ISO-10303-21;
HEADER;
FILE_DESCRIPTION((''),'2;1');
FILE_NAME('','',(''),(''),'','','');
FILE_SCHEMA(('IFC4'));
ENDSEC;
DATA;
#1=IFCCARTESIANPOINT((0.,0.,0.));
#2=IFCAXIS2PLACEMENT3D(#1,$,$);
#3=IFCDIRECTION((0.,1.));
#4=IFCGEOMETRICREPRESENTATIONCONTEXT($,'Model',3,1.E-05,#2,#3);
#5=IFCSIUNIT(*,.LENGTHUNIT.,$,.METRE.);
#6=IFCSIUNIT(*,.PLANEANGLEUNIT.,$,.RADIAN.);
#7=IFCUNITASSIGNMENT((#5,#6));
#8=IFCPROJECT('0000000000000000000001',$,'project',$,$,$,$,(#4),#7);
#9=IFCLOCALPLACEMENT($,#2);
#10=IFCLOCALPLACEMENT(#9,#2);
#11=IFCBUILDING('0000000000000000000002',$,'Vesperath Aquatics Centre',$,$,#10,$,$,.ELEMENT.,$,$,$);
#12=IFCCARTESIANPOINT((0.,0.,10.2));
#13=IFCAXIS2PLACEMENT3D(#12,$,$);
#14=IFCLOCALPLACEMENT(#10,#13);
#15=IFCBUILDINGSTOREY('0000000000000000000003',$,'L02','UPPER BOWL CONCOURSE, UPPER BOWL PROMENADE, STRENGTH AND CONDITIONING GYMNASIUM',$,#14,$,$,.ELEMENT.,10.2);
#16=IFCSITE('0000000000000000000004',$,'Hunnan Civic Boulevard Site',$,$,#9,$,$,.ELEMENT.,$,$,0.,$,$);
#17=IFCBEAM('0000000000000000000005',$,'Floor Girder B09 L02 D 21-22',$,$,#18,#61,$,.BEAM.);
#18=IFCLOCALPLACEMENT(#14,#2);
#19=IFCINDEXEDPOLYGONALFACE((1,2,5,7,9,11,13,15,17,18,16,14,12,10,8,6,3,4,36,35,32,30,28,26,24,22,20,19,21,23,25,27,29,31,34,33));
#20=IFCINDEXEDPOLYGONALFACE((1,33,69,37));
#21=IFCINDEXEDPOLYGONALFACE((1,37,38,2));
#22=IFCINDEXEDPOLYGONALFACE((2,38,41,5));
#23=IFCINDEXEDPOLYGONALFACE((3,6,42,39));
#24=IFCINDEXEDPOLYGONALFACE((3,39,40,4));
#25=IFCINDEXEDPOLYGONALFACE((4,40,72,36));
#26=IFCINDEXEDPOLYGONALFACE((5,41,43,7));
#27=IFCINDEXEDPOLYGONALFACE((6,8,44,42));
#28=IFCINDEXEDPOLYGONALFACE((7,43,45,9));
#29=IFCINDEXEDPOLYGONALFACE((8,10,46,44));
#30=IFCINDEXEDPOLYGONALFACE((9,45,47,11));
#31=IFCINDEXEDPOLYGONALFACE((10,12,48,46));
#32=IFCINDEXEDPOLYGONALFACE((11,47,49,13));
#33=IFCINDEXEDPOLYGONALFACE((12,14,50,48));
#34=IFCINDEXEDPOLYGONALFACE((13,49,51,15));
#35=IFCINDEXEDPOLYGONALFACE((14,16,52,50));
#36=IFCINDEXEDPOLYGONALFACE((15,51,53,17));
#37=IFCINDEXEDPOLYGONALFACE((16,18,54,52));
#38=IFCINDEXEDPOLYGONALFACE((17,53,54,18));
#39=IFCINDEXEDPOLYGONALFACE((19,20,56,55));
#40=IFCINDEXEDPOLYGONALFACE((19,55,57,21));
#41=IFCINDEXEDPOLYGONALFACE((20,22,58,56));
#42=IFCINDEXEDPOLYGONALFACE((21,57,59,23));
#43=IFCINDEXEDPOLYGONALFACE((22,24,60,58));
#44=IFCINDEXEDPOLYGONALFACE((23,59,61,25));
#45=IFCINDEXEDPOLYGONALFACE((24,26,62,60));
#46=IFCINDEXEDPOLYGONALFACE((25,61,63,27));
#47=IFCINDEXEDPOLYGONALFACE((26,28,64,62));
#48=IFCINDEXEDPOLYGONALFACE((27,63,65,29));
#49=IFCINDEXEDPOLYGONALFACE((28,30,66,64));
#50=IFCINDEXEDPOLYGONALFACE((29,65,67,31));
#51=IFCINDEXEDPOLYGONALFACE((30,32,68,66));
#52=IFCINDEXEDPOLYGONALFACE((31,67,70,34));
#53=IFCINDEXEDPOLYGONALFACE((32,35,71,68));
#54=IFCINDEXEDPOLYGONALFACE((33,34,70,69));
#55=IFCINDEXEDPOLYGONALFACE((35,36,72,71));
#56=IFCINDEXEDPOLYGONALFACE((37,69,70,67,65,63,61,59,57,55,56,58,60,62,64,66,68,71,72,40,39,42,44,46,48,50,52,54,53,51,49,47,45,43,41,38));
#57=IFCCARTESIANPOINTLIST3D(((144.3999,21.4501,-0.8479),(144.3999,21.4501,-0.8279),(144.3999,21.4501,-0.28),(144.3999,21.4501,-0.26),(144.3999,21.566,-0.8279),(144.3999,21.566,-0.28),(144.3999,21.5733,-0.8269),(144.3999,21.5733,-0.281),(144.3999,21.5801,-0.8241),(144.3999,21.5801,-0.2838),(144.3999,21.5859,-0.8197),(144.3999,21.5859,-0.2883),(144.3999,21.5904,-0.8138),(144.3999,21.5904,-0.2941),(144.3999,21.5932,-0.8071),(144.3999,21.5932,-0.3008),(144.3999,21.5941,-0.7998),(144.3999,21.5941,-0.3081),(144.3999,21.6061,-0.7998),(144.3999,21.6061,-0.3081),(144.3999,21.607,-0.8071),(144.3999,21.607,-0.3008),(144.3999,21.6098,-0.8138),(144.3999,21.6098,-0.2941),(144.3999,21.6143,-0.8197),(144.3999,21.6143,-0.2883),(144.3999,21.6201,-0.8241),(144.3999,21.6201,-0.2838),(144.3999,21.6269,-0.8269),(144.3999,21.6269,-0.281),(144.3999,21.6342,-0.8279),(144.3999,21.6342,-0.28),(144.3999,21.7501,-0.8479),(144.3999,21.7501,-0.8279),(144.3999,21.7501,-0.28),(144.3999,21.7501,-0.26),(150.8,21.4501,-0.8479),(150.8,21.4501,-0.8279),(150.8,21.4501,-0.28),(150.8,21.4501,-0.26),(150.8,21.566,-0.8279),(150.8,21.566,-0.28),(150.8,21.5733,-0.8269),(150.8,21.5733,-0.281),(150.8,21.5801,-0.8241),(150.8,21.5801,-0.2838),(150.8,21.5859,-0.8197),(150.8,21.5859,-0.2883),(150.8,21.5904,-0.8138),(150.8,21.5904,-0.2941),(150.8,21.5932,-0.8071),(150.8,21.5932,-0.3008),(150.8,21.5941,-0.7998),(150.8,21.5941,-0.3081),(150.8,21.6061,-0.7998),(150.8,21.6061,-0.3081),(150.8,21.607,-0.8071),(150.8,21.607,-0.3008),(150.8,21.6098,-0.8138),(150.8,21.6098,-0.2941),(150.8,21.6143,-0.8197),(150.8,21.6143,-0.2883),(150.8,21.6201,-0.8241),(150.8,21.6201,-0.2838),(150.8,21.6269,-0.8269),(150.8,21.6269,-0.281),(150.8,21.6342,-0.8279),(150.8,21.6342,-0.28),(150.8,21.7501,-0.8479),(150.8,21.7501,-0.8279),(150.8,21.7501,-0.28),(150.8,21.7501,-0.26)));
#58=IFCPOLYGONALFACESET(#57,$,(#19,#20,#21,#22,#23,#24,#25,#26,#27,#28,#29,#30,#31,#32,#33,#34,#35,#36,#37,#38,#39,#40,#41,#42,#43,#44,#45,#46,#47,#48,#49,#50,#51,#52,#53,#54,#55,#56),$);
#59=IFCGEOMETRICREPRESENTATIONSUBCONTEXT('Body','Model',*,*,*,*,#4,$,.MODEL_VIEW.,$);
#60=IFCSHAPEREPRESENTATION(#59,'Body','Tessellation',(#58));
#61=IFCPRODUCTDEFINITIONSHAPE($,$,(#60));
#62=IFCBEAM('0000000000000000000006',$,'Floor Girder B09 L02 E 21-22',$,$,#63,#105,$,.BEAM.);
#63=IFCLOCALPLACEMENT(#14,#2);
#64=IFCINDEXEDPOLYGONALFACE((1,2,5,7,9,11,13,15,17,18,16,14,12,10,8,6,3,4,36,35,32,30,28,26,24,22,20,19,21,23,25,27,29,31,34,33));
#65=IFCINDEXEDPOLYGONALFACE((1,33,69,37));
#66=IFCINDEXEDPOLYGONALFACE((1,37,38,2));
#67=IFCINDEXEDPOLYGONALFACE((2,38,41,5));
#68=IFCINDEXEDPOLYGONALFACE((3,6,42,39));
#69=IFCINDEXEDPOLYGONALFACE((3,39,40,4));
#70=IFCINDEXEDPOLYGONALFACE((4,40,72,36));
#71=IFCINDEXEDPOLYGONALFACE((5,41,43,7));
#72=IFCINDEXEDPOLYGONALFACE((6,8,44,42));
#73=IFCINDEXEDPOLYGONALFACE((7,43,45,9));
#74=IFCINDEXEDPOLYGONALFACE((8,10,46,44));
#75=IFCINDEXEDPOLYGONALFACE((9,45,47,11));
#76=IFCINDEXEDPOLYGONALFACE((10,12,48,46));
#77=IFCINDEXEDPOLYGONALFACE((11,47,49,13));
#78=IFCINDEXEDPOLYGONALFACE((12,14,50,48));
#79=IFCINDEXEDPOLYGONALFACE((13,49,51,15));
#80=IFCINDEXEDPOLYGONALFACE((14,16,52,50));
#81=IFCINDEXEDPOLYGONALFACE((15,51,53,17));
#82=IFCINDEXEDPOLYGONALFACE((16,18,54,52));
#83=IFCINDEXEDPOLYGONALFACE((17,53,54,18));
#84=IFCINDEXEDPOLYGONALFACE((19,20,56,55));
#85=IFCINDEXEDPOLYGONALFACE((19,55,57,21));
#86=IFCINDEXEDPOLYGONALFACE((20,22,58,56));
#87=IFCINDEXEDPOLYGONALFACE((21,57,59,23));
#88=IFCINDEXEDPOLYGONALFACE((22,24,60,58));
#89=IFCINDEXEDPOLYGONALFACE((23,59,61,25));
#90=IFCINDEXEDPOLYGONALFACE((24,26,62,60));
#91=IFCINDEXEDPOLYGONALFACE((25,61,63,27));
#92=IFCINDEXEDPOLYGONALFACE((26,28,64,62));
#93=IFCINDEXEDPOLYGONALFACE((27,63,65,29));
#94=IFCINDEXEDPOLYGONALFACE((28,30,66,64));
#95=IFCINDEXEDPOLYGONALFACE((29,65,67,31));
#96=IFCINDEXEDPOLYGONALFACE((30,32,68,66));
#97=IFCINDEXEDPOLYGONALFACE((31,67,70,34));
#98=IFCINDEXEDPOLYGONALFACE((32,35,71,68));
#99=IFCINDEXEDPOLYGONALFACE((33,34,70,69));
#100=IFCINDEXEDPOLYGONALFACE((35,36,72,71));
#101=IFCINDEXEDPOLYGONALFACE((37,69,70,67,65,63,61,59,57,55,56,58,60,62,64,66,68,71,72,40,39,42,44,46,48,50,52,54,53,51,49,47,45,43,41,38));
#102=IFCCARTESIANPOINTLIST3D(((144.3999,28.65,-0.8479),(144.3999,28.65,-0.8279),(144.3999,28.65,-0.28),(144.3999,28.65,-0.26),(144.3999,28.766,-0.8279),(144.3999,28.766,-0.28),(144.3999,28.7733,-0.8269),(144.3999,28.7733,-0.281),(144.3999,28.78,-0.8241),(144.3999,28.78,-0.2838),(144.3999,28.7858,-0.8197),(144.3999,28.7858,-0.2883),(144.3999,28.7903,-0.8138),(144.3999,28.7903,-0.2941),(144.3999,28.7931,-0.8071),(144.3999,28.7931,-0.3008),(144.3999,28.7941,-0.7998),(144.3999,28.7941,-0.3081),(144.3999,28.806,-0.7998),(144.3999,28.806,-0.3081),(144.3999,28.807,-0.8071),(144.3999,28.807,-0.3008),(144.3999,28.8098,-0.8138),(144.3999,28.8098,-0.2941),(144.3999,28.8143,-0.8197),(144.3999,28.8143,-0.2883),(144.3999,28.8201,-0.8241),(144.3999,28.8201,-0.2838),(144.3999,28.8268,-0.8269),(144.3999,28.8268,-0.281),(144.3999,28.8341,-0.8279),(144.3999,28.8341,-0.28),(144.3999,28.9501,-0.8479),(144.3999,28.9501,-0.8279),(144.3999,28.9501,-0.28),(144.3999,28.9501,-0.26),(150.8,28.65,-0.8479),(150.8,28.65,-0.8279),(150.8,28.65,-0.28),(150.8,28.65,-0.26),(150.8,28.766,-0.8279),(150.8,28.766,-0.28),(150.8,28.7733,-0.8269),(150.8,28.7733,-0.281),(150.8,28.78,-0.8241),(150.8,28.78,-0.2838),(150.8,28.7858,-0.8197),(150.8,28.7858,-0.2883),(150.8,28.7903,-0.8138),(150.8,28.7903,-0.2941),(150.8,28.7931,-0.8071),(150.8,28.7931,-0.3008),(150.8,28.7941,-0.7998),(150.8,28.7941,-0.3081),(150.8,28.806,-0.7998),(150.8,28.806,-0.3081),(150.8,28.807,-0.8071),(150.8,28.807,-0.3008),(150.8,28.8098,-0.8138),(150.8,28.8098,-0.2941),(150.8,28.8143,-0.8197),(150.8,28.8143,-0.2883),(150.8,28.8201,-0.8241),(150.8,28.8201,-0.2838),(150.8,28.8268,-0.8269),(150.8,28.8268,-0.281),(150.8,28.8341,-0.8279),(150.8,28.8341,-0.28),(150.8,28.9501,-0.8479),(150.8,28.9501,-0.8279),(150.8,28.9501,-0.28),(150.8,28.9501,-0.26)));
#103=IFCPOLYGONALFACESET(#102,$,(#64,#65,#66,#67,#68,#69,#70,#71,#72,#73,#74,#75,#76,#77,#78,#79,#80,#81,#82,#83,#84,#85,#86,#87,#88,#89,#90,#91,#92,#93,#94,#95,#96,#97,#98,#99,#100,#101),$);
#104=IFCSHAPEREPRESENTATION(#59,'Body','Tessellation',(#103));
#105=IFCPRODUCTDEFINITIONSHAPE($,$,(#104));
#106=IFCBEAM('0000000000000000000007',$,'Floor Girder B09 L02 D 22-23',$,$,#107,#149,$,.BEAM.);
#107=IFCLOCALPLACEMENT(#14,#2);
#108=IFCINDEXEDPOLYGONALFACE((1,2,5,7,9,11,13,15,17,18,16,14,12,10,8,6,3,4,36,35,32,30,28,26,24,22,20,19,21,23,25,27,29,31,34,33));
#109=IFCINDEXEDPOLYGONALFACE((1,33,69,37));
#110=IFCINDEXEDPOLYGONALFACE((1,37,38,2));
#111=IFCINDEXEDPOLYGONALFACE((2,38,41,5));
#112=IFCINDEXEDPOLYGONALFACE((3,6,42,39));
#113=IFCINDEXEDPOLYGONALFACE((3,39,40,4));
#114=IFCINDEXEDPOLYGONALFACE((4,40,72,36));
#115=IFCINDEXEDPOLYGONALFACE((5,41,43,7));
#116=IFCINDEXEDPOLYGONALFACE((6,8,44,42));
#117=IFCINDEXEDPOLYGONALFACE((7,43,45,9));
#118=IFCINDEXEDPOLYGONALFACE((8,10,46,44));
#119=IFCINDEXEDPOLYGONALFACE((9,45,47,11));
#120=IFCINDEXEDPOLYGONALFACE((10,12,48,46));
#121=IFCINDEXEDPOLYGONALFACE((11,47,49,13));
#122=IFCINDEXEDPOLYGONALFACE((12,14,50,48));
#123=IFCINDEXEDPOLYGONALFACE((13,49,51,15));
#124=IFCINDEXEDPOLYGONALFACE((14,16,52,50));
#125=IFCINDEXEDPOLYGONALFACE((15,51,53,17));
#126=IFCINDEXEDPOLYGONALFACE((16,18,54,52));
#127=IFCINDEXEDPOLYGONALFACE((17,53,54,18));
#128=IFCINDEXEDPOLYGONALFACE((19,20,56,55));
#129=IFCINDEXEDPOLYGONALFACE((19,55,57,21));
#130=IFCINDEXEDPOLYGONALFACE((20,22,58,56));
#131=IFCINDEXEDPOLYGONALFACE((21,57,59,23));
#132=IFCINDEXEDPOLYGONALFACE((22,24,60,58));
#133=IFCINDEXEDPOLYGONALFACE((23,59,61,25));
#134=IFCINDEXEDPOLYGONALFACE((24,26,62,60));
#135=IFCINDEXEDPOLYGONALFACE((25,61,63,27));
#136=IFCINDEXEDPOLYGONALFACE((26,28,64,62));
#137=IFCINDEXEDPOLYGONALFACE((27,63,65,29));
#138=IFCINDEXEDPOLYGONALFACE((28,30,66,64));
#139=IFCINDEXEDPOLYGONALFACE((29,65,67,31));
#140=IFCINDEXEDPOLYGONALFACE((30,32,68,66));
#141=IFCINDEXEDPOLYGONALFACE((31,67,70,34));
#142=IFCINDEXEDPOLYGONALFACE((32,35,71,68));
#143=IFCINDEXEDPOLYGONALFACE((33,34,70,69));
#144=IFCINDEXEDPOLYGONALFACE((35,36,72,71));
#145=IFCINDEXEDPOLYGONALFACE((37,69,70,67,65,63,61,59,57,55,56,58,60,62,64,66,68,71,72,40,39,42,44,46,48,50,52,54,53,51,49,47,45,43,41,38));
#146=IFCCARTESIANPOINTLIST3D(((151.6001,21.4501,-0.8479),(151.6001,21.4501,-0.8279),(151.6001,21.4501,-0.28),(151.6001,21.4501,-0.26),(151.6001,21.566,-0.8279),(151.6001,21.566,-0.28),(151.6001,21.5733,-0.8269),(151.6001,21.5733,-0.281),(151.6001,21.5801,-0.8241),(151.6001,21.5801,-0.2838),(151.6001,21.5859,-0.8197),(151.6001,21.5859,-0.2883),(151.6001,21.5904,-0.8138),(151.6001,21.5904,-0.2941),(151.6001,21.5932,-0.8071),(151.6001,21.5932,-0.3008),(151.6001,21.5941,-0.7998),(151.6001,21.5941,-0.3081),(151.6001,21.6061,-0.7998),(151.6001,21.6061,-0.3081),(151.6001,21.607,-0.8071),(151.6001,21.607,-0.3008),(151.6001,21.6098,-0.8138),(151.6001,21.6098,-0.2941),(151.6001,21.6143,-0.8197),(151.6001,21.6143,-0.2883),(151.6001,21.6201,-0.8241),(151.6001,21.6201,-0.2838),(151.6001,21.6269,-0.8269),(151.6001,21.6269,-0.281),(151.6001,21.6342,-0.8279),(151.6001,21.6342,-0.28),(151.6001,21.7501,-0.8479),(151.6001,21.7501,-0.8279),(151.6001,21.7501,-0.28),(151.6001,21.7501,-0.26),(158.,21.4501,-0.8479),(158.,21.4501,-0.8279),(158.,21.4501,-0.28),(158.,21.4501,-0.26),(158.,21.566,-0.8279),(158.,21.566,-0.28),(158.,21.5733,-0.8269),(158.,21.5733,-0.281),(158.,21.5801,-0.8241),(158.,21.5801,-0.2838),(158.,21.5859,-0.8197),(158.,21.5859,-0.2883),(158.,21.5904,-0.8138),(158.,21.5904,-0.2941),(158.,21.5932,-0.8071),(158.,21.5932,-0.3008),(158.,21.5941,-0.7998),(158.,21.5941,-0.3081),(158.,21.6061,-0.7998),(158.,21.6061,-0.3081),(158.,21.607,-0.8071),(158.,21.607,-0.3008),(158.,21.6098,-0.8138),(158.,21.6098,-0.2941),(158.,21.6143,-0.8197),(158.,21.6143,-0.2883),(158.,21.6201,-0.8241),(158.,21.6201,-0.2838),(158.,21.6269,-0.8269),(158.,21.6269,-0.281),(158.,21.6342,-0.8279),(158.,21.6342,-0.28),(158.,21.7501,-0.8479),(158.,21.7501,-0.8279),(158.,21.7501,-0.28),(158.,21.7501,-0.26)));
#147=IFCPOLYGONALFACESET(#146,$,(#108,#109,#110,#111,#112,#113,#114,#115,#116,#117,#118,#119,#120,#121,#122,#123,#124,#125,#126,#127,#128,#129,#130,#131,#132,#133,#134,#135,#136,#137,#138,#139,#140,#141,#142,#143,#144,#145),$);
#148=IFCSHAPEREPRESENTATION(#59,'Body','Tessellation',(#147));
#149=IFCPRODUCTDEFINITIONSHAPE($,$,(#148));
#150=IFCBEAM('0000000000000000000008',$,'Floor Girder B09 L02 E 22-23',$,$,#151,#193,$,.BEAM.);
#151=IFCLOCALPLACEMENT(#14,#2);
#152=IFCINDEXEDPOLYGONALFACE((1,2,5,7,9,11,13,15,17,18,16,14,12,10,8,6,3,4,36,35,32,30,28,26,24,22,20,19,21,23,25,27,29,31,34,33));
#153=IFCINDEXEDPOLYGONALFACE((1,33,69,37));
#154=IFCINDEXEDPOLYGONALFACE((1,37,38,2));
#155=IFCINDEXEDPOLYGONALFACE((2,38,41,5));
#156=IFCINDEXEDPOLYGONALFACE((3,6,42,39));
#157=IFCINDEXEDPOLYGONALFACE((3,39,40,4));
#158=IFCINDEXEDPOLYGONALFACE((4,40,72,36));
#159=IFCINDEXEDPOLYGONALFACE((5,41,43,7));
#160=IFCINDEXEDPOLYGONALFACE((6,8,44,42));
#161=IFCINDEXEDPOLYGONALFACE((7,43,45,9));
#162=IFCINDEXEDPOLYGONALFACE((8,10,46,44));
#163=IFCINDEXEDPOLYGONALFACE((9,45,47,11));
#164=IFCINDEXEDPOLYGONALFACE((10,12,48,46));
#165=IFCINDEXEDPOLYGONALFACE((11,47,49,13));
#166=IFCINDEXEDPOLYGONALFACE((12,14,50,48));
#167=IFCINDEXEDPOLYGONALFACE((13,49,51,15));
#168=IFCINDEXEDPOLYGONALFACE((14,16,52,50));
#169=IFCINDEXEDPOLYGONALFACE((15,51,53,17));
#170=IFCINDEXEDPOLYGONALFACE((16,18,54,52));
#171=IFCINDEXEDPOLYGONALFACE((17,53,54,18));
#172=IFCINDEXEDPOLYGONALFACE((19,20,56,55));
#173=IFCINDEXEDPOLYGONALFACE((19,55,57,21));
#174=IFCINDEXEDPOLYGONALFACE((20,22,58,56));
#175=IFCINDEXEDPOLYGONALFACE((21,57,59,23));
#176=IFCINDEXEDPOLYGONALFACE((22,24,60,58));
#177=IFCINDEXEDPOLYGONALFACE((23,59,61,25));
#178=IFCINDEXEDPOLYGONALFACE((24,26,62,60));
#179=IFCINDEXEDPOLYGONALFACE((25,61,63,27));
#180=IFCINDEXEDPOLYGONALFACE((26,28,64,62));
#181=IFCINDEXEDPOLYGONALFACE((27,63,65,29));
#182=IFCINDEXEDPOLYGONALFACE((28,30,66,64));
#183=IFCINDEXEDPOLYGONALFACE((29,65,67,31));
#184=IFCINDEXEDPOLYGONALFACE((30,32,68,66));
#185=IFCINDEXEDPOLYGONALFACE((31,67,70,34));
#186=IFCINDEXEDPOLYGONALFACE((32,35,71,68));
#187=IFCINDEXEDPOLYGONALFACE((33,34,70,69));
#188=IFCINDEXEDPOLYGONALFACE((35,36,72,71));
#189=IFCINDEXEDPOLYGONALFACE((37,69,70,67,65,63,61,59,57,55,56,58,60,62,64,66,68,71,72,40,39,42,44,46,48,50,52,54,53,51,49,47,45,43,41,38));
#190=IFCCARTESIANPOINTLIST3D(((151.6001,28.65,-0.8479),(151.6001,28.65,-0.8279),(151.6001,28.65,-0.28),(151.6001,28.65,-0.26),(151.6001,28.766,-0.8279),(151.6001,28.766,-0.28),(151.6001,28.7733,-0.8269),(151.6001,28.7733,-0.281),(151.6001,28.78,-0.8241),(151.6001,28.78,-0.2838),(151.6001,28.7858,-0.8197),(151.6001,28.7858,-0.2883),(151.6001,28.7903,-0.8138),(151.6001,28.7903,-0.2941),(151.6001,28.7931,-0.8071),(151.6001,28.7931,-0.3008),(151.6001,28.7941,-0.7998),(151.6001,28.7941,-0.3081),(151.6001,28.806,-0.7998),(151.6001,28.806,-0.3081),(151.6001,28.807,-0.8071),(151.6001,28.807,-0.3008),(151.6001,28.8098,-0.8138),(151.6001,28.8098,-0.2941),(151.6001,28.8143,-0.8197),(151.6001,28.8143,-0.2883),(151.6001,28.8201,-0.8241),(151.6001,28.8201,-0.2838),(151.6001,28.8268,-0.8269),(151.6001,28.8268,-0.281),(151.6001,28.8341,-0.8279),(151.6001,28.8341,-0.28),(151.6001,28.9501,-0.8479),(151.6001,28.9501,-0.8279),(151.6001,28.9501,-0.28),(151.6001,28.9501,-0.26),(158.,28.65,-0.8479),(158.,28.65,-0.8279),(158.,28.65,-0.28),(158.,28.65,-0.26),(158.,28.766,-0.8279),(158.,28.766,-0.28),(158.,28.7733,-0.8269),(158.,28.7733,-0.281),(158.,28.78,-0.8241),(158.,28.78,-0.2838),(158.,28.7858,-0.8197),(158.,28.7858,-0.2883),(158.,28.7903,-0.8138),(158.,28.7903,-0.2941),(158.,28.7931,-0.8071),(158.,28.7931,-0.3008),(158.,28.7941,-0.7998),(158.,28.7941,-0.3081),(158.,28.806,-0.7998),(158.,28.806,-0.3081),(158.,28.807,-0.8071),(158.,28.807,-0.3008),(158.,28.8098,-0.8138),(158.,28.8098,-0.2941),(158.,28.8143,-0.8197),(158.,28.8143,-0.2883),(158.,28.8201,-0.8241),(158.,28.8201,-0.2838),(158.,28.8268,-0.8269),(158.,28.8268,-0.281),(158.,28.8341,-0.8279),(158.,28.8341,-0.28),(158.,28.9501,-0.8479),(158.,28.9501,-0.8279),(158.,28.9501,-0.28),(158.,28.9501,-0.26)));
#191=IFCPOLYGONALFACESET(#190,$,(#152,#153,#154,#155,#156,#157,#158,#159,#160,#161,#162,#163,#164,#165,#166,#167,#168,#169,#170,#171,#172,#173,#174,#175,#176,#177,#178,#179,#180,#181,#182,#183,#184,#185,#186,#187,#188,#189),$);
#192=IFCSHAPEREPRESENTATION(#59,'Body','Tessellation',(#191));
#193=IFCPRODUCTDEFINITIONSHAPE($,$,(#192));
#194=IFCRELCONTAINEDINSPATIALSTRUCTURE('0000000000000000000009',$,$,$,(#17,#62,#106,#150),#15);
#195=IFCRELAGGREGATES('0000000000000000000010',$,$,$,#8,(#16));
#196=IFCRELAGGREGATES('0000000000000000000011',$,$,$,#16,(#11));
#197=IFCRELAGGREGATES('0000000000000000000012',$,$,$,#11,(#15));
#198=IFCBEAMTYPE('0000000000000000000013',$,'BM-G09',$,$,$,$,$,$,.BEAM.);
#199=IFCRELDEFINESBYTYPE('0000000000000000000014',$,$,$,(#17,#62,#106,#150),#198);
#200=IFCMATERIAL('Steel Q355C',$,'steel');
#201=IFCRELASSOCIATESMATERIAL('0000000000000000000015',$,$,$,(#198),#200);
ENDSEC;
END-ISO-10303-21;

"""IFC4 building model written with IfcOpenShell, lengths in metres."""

from ifc_helpers import new_model, si_unit, direction, frame, origin, origin_2d, place, context, subcontext, project, spatial, i_section, extrude, material, material_profile, profile_set, type_object, element, save


model = new_model("IFC4")

# Units and contexts
model_context = context("Model", 3, precision=1e-05, world=origin(), true_north=direction((0.0, 1.0)))
body_context = subcontext(model_context, "Body", "Model", "MODEL_VIEW")
ifc_project = project(units=[si_unit("LENGTHUNIT", "METRE"), si_unit("PLANEANGLEUNIT", "RADIAN")], contexts=[model_context])

# Site, building, storey
site_placement = place(None, origin())
site = spatial("IfcSite", under=ifc_project, at=site_placement, Name="Hunnan Civic Boulevard Site", CompositionType="ELEMENT", RefElevation=0.0)
building_placement = place(site_placement, origin())
building = spatial("IfcBuilding", under=site, at=building_placement, Name="Vesperath Aquatics Centre", CompositionType="ELEMENT")
storey_placement = place(building_placement, frame((0.0, 0.0, 10.2)))
storey = spatial("IfcBuildingStorey", under=building, at=storey_placement, Name="L02", Description="UPPER BOWL CONCOURSE, UPPER BOWL PROMENADE, STRENGTH AND CONDITIONING GYMNASIUM", CompositionType="ELEMENT", Elevation=10.2)

# Beams
ifc_material_1 = material(Name="Steel Q355C", Category="steel")
ifc_material_profile_1 = material_profile(ifc_material_1, i_section(OverallWidth=0.3, OverallDepth=0.5879, WebThickness=0.012, FlangeThickness=0.02, FilletRadius=0.0281, at=origin_2d()), Name="HM 588x300x12x20")
ifc_profile_set_1 = profile_set([ifc_material_profile_1], Name="Steel Q355C")
beam_type_1 = type_object("IfcBeamType", Name="BM-G09", PredefinedType="BEAM", material=ifc_profile_set_1)
for number, where, z_axis, x_axis, name in (
    (1, (144.3999, 21.6001, -0.554), (1.0, 0.0, 0.0), (0.0, 1.0, 0.0), "Floor Girder B09 L02 D 21-22"),
    (2, (144.3999, 28.8, -0.554), (1.0, 0.0, 0.0), (0.0, 1.0, 0.0), "Floor Girder B09 L02 E 21-22"),
):
    element("IfcBeam", number, at=place(storey_placement, frame(where, z_axis=z_axis, x_axis=x_axis)), inside=storey, type_object=beam_type_1, Name=name, PredefinedType="BEAM", context=body_context, shape_type="SweptSolid", body=[
        extrude(i_section(OverallWidth=0.3, OverallDepth=0.5879, WebThickness=0.012, FlangeThickness=0.02, FilletRadius=0.0281, at=origin_2d()), origin(), (0.0, 0.0, 1.0), 6.4001),
    ])
for number, where, z_axis, x_axis, name in (
    (3, (151.6001, 21.6001, -0.554), (1.0, 0.0, 0.0), (0.0, 1.0, 0.0), "Floor Girder B09 L02 D 22-23"),
    (4, (151.6001, 28.8, -0.554), (1.0, 0.0, 0.0), (0.0, 1.0, 0.0), "Floor Girder B09 L02 E 22-23"),
):
    element("IfcBeam", number, at=place(storey_placement, frame(where, z_axis=z_axis, x_axis=x_axis)), inside=storey, type_object=beam_type_1, Name=name, PredefinedType="BEAM", context=body_context, shape_type="SweptSolid", body=[
        extrude(i_section(OverallWidth=0.3, OverallDepth=0.5879, WebThickness=0.012, FlangeThickness=0.02, FilletRadius=0.0281, at=origin_2d()), origin(), (0.0, 0.0, 1.0), 6.3999),
    ])

save(model, "model.ifc")
